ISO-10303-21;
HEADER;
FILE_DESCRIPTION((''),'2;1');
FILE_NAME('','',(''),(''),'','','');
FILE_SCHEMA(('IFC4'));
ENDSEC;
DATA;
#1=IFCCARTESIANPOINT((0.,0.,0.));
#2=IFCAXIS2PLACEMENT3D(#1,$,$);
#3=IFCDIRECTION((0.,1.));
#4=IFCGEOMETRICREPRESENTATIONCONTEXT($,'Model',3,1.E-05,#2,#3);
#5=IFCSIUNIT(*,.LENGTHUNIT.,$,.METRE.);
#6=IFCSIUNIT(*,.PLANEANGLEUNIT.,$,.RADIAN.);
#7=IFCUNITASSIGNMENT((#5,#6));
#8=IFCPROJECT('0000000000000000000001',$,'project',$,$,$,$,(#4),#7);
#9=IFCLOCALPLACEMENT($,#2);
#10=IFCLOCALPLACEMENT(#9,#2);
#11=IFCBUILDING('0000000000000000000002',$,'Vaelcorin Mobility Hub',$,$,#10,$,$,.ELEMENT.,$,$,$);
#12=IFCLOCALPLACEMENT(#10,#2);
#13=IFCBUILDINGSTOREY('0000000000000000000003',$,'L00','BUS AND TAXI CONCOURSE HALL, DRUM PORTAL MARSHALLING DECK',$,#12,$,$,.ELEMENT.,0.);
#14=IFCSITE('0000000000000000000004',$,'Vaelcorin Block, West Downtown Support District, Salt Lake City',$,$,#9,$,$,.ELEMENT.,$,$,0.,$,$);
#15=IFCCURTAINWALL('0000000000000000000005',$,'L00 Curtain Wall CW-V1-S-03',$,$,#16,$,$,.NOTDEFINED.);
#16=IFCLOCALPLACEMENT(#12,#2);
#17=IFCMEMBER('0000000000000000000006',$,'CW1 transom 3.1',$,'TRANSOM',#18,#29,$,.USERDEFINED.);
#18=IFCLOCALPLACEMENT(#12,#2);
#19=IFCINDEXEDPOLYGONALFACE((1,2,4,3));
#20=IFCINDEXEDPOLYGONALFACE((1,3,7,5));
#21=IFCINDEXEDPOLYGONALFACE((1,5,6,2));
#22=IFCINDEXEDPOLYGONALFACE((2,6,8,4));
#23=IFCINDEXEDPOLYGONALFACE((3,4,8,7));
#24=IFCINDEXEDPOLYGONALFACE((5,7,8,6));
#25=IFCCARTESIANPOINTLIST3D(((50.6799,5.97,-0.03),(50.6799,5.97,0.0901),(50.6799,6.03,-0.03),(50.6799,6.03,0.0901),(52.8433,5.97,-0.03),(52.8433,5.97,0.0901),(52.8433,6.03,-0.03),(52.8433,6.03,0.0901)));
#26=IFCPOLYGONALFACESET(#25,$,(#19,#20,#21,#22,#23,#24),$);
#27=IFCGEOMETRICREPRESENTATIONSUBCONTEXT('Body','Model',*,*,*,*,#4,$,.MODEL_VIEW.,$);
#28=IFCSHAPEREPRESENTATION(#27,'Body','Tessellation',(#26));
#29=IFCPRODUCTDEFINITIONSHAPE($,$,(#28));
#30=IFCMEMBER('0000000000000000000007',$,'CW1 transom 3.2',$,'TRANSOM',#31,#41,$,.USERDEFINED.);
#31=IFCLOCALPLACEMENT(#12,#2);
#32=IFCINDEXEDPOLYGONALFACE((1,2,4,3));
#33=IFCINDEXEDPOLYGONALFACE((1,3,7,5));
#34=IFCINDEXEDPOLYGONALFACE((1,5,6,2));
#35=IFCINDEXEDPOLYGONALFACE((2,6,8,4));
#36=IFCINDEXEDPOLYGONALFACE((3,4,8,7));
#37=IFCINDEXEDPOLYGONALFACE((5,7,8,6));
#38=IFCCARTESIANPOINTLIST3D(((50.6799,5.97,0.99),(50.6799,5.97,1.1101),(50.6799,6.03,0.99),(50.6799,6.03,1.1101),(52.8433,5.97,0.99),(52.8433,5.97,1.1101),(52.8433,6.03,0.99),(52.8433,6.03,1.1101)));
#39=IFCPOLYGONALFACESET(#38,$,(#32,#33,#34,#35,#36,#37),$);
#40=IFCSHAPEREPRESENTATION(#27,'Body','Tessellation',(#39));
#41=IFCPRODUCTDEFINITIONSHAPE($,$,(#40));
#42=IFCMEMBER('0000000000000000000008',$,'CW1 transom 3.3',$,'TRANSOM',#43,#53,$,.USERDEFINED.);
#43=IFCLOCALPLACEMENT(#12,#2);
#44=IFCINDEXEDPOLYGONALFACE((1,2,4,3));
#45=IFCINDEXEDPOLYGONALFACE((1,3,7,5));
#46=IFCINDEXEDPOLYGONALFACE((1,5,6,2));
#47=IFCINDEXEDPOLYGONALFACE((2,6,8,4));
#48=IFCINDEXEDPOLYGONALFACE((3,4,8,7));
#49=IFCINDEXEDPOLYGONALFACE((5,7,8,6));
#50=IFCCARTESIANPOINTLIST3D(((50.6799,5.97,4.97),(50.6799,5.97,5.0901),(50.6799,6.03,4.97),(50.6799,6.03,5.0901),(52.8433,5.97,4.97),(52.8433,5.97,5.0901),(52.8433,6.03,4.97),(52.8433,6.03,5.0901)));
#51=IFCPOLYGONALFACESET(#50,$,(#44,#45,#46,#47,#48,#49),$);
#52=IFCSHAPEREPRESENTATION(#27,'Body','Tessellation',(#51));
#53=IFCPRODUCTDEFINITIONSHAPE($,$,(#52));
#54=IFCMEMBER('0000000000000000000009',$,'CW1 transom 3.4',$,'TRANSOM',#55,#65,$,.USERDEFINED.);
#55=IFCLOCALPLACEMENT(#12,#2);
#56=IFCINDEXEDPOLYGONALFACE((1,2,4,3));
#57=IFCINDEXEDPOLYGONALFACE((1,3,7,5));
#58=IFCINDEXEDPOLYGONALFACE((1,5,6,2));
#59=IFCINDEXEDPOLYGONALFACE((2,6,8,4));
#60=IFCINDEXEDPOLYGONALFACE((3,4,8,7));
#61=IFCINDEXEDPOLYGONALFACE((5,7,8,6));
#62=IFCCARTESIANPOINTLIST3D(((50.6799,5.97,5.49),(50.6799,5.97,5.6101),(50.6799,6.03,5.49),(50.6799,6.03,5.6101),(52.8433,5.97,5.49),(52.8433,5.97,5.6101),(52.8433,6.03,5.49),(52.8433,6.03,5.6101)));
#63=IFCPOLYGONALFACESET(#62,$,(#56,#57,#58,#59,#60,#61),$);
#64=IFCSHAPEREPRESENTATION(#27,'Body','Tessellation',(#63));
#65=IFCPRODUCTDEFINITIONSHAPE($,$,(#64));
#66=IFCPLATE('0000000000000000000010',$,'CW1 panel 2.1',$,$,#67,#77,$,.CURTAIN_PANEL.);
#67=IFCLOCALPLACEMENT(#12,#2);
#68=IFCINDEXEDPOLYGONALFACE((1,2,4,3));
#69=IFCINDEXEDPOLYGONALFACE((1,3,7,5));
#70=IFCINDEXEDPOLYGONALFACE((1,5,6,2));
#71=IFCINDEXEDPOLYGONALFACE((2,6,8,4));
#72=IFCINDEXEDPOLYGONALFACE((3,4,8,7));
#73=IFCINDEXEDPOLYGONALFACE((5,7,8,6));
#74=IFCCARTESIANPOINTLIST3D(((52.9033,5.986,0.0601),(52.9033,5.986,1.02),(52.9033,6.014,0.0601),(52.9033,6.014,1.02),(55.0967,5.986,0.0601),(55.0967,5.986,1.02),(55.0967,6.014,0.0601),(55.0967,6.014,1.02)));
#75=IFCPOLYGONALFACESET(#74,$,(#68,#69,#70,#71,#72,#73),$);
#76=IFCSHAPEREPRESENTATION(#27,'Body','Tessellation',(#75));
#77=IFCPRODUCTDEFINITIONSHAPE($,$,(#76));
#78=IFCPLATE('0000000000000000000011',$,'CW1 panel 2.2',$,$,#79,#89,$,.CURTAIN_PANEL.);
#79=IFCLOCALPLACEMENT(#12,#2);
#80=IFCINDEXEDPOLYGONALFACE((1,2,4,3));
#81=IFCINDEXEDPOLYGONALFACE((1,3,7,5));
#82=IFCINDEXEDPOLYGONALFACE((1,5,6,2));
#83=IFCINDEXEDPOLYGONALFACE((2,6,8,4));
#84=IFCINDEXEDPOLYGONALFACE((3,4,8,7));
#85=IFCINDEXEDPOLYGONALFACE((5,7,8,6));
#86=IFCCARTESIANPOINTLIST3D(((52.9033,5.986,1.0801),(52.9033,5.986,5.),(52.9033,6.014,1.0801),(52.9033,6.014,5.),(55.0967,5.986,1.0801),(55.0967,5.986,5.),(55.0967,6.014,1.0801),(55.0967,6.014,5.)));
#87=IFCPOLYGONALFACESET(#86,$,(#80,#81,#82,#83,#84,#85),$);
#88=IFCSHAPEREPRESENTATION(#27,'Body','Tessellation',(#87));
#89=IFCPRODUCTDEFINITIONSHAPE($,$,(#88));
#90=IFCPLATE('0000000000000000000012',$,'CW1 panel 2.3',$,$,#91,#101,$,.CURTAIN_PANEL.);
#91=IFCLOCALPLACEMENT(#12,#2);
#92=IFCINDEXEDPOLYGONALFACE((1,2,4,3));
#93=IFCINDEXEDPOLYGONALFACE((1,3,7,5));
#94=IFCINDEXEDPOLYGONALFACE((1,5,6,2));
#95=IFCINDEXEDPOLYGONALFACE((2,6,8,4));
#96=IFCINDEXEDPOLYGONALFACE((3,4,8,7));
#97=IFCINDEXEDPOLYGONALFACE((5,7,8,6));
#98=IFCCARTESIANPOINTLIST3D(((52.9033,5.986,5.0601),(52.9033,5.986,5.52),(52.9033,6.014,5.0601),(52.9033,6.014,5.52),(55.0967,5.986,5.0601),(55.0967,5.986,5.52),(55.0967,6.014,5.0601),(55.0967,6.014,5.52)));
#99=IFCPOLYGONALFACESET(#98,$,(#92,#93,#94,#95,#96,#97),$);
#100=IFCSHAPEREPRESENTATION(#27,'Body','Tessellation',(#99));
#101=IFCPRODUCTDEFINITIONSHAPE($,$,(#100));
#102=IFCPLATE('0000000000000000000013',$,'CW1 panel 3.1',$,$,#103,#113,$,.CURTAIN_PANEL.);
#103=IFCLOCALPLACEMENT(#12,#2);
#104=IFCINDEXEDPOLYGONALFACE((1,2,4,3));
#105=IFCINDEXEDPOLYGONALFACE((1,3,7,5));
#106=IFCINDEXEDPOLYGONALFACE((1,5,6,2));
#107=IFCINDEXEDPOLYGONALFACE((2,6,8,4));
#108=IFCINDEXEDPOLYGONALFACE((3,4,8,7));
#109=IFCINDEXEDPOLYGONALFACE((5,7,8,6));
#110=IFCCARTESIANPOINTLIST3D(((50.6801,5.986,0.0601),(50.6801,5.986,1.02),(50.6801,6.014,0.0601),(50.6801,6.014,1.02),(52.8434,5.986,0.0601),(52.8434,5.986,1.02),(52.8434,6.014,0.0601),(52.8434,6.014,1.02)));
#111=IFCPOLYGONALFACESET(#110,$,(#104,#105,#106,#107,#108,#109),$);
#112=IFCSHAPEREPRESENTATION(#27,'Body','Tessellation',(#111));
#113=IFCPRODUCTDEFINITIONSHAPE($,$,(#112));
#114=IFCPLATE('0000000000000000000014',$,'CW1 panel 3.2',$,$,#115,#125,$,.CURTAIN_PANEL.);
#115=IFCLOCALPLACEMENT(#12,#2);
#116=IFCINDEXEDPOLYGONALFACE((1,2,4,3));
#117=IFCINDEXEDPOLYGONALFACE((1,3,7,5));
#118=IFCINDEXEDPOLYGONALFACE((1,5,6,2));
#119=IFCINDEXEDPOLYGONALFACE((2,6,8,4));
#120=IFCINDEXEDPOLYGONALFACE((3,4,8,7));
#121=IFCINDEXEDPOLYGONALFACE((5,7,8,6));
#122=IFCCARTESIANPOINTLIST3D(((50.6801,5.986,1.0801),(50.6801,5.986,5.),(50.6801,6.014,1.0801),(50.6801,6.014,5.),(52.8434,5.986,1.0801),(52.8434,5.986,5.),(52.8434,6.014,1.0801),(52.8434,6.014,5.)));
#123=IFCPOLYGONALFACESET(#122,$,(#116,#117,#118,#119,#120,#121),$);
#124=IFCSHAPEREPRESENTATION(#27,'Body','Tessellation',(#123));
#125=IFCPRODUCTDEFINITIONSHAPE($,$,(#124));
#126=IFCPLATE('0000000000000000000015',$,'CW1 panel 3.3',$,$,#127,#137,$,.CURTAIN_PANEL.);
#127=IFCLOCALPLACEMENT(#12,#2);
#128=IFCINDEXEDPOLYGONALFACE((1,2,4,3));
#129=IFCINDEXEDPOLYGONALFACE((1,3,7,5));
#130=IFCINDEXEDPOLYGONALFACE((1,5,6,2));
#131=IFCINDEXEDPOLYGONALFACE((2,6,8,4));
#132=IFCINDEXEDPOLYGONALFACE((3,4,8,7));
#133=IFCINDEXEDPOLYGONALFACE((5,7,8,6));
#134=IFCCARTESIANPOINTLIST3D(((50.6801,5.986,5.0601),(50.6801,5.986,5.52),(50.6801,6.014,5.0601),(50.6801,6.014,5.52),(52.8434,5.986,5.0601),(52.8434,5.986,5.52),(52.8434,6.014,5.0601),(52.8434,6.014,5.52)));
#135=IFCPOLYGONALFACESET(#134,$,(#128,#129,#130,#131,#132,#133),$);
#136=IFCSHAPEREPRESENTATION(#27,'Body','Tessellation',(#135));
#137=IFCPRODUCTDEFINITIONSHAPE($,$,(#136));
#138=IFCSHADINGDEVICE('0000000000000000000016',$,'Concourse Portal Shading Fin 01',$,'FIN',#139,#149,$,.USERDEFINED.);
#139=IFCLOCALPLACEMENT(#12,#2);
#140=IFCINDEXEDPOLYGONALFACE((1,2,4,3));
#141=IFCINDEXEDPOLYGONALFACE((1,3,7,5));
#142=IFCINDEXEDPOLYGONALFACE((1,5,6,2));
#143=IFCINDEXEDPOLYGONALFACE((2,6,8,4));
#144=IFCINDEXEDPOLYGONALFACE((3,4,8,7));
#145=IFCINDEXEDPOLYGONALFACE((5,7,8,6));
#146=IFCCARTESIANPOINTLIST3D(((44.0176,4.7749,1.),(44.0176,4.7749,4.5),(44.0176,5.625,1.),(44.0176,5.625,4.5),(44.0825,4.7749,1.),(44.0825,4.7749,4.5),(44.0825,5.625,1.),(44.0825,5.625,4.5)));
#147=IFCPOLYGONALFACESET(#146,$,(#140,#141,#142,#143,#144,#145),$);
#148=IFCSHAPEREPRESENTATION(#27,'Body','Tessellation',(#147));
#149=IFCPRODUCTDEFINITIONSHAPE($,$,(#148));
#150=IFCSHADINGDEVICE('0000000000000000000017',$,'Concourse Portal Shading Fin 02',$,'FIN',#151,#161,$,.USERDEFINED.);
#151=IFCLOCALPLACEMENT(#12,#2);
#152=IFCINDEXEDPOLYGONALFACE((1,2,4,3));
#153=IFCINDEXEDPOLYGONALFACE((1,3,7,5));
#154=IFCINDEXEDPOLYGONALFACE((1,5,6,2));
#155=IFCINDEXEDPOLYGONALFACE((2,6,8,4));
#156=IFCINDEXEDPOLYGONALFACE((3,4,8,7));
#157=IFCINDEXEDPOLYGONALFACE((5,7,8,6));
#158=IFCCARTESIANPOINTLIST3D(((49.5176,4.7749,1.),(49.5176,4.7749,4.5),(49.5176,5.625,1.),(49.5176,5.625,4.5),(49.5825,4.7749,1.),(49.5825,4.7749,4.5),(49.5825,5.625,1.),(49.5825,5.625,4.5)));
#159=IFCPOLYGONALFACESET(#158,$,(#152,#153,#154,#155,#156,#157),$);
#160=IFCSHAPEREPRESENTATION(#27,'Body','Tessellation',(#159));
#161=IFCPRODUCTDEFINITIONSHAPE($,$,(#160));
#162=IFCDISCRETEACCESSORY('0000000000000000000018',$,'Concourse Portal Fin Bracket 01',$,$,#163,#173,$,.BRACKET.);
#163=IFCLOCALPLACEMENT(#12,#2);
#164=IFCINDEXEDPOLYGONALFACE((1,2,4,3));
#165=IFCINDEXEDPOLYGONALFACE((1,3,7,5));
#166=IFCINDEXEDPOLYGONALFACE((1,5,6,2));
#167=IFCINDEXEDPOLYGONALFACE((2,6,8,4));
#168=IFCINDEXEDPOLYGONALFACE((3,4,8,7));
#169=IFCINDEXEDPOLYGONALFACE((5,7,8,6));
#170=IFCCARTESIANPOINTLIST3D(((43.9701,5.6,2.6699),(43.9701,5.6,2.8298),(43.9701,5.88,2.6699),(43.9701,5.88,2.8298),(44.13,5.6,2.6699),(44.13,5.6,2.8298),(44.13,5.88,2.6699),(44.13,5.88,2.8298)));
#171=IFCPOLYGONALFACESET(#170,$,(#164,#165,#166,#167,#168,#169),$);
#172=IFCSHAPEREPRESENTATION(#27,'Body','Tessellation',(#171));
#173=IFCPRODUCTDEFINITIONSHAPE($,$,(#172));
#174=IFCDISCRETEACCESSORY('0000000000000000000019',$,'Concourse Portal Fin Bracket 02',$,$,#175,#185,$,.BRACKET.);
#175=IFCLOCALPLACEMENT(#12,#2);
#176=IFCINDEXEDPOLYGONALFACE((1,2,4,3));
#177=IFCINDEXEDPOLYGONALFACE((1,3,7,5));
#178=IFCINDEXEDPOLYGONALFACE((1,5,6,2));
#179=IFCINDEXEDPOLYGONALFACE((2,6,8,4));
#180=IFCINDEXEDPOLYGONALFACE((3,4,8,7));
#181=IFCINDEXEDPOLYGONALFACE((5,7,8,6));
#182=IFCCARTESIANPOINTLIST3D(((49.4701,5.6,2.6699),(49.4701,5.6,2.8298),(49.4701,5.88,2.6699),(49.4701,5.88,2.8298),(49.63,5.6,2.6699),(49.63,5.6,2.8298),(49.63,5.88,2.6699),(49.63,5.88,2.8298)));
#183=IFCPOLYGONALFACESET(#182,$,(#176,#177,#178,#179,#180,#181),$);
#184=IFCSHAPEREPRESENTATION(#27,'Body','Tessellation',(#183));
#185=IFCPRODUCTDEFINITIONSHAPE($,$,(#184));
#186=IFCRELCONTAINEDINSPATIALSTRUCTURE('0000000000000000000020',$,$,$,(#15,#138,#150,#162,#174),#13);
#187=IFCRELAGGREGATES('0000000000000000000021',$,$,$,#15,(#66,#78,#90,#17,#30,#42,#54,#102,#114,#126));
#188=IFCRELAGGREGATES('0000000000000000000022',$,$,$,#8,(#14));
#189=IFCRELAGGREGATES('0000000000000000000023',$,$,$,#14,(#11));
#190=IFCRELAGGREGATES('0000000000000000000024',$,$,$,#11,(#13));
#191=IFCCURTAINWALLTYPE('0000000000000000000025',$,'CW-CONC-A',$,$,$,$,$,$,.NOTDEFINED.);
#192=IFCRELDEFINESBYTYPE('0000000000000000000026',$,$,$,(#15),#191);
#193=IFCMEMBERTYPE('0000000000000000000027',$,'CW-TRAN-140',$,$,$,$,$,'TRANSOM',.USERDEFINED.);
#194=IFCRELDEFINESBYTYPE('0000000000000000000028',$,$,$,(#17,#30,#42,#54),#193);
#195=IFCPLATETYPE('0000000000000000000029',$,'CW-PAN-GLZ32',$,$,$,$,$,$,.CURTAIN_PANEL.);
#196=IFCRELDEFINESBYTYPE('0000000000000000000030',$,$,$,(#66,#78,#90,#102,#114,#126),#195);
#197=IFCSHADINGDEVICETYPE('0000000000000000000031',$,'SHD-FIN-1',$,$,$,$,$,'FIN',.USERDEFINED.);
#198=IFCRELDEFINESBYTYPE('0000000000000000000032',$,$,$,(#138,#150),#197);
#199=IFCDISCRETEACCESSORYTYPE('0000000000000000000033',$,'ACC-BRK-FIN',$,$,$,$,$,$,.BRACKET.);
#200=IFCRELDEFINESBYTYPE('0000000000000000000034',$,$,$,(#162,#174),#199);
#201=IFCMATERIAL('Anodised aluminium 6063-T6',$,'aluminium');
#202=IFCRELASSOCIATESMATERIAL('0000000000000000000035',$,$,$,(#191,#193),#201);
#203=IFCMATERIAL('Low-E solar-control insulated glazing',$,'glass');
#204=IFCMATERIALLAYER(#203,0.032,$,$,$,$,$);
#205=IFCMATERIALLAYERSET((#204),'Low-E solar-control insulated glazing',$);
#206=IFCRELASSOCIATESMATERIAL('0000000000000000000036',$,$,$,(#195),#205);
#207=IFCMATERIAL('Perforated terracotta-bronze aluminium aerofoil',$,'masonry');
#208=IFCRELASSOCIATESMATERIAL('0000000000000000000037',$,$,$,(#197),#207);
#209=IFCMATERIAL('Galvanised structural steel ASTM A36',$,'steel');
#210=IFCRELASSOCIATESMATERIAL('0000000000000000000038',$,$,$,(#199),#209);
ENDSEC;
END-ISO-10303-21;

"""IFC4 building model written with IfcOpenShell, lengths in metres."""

from ifc_helpers import new_model, si_unit, direction, frame, origin, origin_2d, place, context, subcontext, project, spatial, rectangle, extrude, material, layer, layer_set, material_profile, profile_set, type_object, element, aggregate, save


model = new_model("IFC4")

# Units and contexts
model_context = context("Model", 3, precision=1e-05, world=origin(), true_north=direction((0.0, 1.0)))
body_context = subcontext(model_context, "Body", "Model", "MODEL_VIEW")
ifc_project = project(units=[si_unit("LENGTHUNIT", "METRE"), si_unit("PLANEANGLEUNIT", "RADIAN")], contexts=[model_context])

# Site, building, storey
site_placement = place(None, origin())
site = spatial("IfcSite", under=ifc_project, at=site_placement, Name="Vaelcorin Block, West Downtown Support District, Salt Lake City", CompositionType="ELEMENT", RefElevation=0.0)
building_placement = place(site_placement, origin())
building = spatial("IfcBuilding", under=site, at=building_placement, Name="Vaelcorin Mobility Hub", CompositionType="ELEMENT")
storey_placement = place(building_placement, origin())
storey = spatial("IfcBuildingStorey", under=building, at=storey_placement, Name="L00", Description="BUS AND TAXI CONCOURSE HALL, DRUM PORTAL MARSHALLING DECK", CompositionType="ELEMENT", Elevation=0.0)

# Shared definitions
ifc_material_1 = material(Name="Anodised aluminium 6063-T6", Category="aluminium")
curtain_wall_type = type_object("IfcCurtainWallType", Name="CW-CONC-A", PredefinedType="NOTDEFINED", material=ifc_material_1)

# Curtain wall, members, plates
curtain_wall_1_placement = place(storey_placement, origin())
curtain_wall_1 = element("IfcCurtainWall", 1, at=curtain_wall_1_placement, inside=storey, type_object=curtain_wall_type, Name="L00 Curtain Wall CW-V1-S-03", PredefinedType="NOTDEFINED")
ifc_material_profile_1 = material_profile(ifc_material_1, rectangle(XDim=0.0601, YDim=0.1201, at=origin_2d()), Name="ALU-T60X120")
ifc_profile_set_1 = profile_set([ifc_material_profile_1], Name="Anodised aluminium 6063-T6")
member_type_1 = type_object("IfcMemberType", Name="CW-TRAN-140", ElementType="TRANSOM", PredefinedType="USERDEFINED", material=ifc_profile_set_1)
member_1_placement = place(storey_placement, frame((52.8433, 6.0, 0.03), z_axis=(-1.0, 0.0, 0.0), x_axis=(0.0, -1.0, 0.0)))
member_1 = element("IfcMember", 2, at=member_1_placement, type_object=member_type_1, Name="CW1 transom 3.1", ObjectType="TRANSOM", PredefinedType="USERDEFINED", context=body_context, shape_type="SweptSolid", body=[
    extrude(rectangle(XDim=0.0601, YDim=0.1201, at=origin_2d()), origin(), (0.0, 0.0, 1.0), 2.1633),
])
member_2_placement = place(storey_placement, frame((52.8433, 6.0, 1.05), z_axis=(-1.0, 0.0, 0.0), x_axis=(0.0, -1.0, 0.0)))
member_2 = element("IfcMember", 3, at=member_2_placement, type_object=member_type_1, Name="CW1 transom 3.2", ObjectType="TRANSOM", PredefinedType="USERDEFINED", context=body_context, shape_type="SweptSolid", body=[
    extrude(rectangle(XDim=0.0601, YDim=0.1201, at=origin_2d()), origin(), (0.0, 0.0, 1.0), 2.1633),
])
member_3_placement = place(storey_placement, frame((52.8433, 6.0, 5.03), z_axis=(-1.0, 0.0, 0.0), x_axis=(0.0, -1.0, 0.0)))
member_3 = element("IfcMember", 4, at=member_3_placement, type_object=member_type_1, Name="CW1 transom 3.3", ObjectType="TRANSOM", PredefinedType="USERDEFINED", context=body_context, shape_type="SweptSolid", body=[
    extrude(rectangle(XDim=0.0601, YDim=0.1201, at=origin_2d()), origin(), (0.0, 0.0, 1.0), 2.1633),
])
member_4_placement = place(storey_placement, frame((52.8433, 6.0, 5.55), z_axis=(-1.0, 0.0, 0.0), x_axis=(0.0, -1.0, 0.0)))
member_4 = element("IfcMember", 5, at=member_4_placement, type_object=member_type_1, Name="CW1 transom 3.4", ObjectType="TRANSOM", PredefinedType="USERDEFINED", context=body_context, shape_type="SweptSolid", body=[
    extrude(rectangle(XDim=0.0601, YDim=0.1201, at=origin_2d()), origin(), (0.0, 0.0, 1.0), 2.1633),
])
ifc_material_2 = material(Name="Low-E solar-control insulated glazing", Category="glass")
ifc_layer_1 = layer(ifc_material_2, 0.032)
ifc_layer_set_1 = layer_set([ifc_layer_1], Name="Low-E solar-control insulated glazing")
plate_type = type_object("IfcPlateType", Name="CW-PAN-GLZ32", PredefinedType="CURTAIN_PANEL", material=ifc_layer_set_1)
plate_1_placement = place(storey_placement, frame((54.0, 6.0, 0.0601), z_axis=(0.0, 0.0, 1.0), x_axis=(-1.0, 0.0, 0.0)))
plate_1 = element("IfcPlate", 6, at=plate_1_placement, type_object=plate_type, Name="CW1 panel 2.1", PredefinedType="CURTAIN_PANEL", context=body_context, shape_type="SweptSolid", body=[
    extrude(rectangle(XDim=2.1934, YDim=0.0281, at=origin_2d()), origin(), (0.0, 0.0, 1.0), 0.96),
])
plate_2_placement = place(storey_placement, frame((54.0, 6.0, 1.0801), z_axis=(0.0, 0.0, 1.0), x_axis=(-1.0, 0.0, 0.0)))
plate_2 = element("IfcPlate", 7, at=plate_2_placement, type_object=plate_type, Name="CW1 panel 2.2", PredefinedType="CURTAIN_PANEL", context=body_context, shape_type="SweptSolid", body=[
    extrude(rectangle(XDim=2.1934, YDim=0.0281, at=origin_2d()), origin(), (0.0, 0.0, 1.0), 3.9199),
])
plate_3_placement = place(storey_placement, frame((54.0, 6.0, 5.0601), z_axis=(0.0, 0.0, 1.0), x_axis=(-1.0, 0.0, 0.0)))
plate_3 = element("IfcPlate", 8, at=plate_3_placement, type_object=plate_type, Name="CW1 panel 2.3", PredefinedType="CURTAIN_PANEL", context=body_context, shape_type="SweptSolid", body=[
    extrude(rectangle(XDim=2.1934, YDim=0.0281, at=origin_2d()), origin(), (0.0, 0.0, 1.0), 0.46),
])
plate_4_placement = place(storey_placement, frame((51.7617, 6.0, 0.0601), z_axis=(0.0, 0.0, 1.0), x_axis=(-1.0, 0.0, 0.0)))
plate_4 = element("IfcPlate", 9, at=plate_4_placement, type_object=plate_type, Name="CW1 panel 3.1", PredefinedType="CURTAIN_PANEL", context=body_context, shape_type="SweptSolid", body=[
    extrude(rectangle(XDim=2.1633, YDim=0.0281, at=origin_2d()), origin(), (0.0, 0.0, 1.0), 0.96),
])
plate_5_placement = place(storey_placement, frame((51.7617, 6.0, 1.0801), z_axis=(0.0, 0.0, 1.0), x_axis=(-1.0, 0.0, 0.0)))
plate_5 = element("IfcPlate", 10, at=plate_5_placement, type_object=plate_type, Name="CW1 panel 3.2", PredefinedType="CURTAIN_PANEL", context=body_context, shape_type="SweptSolid", body=[
    extrude(rectangle(XDim=2.1633, YDim=0.0281, at=origin_2d()), origin(), (0.0, 0.0, 1.0), 3.9199),
])
plate_6_placement = place(storey_placement, frame((51.7617, 6.0, 5.0601), z_axis=(0.0, 0.0, 1.0), x_axis=(-1.0, 0.0, 0.0)))
plate_6 = element("IfcPlate", 11, at=plate_6_placement, type_object=plate_type, Name="CW1 panel 3.3", PredefinedType="CURTAIN_PANEL", context=body_context, shape_type="SweptSolid", body=[
    extrude(rectangle(XDim=2.1633, YDim=0.0281, at=origin_2d()), origin(), (0.0, 0.0, 1.0), 0.46),
])
aggregate(curtain_wall_1, [plate_1, plate_2, plate_3, member_1, member_2, member_3, member_4, plate_4, plate_5, plate_6])

# Shading devices
ifc_material_3 = material(Name="Perforated terracotta-bronze aluminium aerofoil", Category="masonry")
shading_device_type = type_object("IfcShadingDeviceType", Name="SHD-FIN-1", ElementType="FIN", PredefinedType="USERDEFINED", material=ifc_material_3)
for number, where, z_axis, x_axis, name in (
    (12, (44.05, 5.2, 1.0), (0.0, 0.0, 1.0), (1.0, 0.0, 0.0), "Concourse Portal Shading Fin 01"),
    (13, (49.55, 5.2, 1.0), (0.0, 0.0, 1.0), (1.0, 0.0, 0.0), "Concourse Portal Shading Fin 02"),
):
    element("IfcShadingDevice", number, at=place(storey_placement, frame(where, z_axis=z_axis, x_axis=x_axis)), inside=storey, type_object=shading_device_type, Name=name, ObjectType="FIN", PredefinedType="USERDEFINED", context=body_context, shape_type="SweptSolid", body=[
        extrude(rectangle(XDim=0.0649, YDim=0.8501, at=origin_2d()), origin(), (0.0, 0.0, 1.0), 3.5),
    ])

# Discrete accessories
ifc_material_4 = material(Name="Galvanised structural steel ASTM A36", Category="steel")
discrete_accessory_type = type_object("IfcDiscreteAccessoryType", Name="ACC-BRK-FIN", PredefinedType="BRACKET", material=ifc_material_4)
for number, where, z_axis, x_axis, name in (
    (14, (44.05, 5.74, 2.6699), (0.0, 0.0, 1.0), (1.0, 0.0, 0.0), "Concourse Portal Fin Bracket 01"),
    (15, (49.55, 5.74, 2.6699), (0.0, 0.0, 1.0), (1.0, 0.0, 0.0), "Concourse Portal Fin Bracket 02"),
):
    element("IfcDiscreteAccessory", number, at=place(storey_placement, frame(where, z_axis=z_axis, x_axis=x_axis)), inside=storey, type_object=discrete_accessory_type, Name=name, PredefinedType="BRACKET", context=body_context, shape_type="SweptSolid", body=[
        extrude(rectangle(XDim=0.1599, YDim=0.28, at=origin_2d()), origin(), (0.0, 0.0, 1.0), 0.1599),
    ])

save(model, "model.ifc")
